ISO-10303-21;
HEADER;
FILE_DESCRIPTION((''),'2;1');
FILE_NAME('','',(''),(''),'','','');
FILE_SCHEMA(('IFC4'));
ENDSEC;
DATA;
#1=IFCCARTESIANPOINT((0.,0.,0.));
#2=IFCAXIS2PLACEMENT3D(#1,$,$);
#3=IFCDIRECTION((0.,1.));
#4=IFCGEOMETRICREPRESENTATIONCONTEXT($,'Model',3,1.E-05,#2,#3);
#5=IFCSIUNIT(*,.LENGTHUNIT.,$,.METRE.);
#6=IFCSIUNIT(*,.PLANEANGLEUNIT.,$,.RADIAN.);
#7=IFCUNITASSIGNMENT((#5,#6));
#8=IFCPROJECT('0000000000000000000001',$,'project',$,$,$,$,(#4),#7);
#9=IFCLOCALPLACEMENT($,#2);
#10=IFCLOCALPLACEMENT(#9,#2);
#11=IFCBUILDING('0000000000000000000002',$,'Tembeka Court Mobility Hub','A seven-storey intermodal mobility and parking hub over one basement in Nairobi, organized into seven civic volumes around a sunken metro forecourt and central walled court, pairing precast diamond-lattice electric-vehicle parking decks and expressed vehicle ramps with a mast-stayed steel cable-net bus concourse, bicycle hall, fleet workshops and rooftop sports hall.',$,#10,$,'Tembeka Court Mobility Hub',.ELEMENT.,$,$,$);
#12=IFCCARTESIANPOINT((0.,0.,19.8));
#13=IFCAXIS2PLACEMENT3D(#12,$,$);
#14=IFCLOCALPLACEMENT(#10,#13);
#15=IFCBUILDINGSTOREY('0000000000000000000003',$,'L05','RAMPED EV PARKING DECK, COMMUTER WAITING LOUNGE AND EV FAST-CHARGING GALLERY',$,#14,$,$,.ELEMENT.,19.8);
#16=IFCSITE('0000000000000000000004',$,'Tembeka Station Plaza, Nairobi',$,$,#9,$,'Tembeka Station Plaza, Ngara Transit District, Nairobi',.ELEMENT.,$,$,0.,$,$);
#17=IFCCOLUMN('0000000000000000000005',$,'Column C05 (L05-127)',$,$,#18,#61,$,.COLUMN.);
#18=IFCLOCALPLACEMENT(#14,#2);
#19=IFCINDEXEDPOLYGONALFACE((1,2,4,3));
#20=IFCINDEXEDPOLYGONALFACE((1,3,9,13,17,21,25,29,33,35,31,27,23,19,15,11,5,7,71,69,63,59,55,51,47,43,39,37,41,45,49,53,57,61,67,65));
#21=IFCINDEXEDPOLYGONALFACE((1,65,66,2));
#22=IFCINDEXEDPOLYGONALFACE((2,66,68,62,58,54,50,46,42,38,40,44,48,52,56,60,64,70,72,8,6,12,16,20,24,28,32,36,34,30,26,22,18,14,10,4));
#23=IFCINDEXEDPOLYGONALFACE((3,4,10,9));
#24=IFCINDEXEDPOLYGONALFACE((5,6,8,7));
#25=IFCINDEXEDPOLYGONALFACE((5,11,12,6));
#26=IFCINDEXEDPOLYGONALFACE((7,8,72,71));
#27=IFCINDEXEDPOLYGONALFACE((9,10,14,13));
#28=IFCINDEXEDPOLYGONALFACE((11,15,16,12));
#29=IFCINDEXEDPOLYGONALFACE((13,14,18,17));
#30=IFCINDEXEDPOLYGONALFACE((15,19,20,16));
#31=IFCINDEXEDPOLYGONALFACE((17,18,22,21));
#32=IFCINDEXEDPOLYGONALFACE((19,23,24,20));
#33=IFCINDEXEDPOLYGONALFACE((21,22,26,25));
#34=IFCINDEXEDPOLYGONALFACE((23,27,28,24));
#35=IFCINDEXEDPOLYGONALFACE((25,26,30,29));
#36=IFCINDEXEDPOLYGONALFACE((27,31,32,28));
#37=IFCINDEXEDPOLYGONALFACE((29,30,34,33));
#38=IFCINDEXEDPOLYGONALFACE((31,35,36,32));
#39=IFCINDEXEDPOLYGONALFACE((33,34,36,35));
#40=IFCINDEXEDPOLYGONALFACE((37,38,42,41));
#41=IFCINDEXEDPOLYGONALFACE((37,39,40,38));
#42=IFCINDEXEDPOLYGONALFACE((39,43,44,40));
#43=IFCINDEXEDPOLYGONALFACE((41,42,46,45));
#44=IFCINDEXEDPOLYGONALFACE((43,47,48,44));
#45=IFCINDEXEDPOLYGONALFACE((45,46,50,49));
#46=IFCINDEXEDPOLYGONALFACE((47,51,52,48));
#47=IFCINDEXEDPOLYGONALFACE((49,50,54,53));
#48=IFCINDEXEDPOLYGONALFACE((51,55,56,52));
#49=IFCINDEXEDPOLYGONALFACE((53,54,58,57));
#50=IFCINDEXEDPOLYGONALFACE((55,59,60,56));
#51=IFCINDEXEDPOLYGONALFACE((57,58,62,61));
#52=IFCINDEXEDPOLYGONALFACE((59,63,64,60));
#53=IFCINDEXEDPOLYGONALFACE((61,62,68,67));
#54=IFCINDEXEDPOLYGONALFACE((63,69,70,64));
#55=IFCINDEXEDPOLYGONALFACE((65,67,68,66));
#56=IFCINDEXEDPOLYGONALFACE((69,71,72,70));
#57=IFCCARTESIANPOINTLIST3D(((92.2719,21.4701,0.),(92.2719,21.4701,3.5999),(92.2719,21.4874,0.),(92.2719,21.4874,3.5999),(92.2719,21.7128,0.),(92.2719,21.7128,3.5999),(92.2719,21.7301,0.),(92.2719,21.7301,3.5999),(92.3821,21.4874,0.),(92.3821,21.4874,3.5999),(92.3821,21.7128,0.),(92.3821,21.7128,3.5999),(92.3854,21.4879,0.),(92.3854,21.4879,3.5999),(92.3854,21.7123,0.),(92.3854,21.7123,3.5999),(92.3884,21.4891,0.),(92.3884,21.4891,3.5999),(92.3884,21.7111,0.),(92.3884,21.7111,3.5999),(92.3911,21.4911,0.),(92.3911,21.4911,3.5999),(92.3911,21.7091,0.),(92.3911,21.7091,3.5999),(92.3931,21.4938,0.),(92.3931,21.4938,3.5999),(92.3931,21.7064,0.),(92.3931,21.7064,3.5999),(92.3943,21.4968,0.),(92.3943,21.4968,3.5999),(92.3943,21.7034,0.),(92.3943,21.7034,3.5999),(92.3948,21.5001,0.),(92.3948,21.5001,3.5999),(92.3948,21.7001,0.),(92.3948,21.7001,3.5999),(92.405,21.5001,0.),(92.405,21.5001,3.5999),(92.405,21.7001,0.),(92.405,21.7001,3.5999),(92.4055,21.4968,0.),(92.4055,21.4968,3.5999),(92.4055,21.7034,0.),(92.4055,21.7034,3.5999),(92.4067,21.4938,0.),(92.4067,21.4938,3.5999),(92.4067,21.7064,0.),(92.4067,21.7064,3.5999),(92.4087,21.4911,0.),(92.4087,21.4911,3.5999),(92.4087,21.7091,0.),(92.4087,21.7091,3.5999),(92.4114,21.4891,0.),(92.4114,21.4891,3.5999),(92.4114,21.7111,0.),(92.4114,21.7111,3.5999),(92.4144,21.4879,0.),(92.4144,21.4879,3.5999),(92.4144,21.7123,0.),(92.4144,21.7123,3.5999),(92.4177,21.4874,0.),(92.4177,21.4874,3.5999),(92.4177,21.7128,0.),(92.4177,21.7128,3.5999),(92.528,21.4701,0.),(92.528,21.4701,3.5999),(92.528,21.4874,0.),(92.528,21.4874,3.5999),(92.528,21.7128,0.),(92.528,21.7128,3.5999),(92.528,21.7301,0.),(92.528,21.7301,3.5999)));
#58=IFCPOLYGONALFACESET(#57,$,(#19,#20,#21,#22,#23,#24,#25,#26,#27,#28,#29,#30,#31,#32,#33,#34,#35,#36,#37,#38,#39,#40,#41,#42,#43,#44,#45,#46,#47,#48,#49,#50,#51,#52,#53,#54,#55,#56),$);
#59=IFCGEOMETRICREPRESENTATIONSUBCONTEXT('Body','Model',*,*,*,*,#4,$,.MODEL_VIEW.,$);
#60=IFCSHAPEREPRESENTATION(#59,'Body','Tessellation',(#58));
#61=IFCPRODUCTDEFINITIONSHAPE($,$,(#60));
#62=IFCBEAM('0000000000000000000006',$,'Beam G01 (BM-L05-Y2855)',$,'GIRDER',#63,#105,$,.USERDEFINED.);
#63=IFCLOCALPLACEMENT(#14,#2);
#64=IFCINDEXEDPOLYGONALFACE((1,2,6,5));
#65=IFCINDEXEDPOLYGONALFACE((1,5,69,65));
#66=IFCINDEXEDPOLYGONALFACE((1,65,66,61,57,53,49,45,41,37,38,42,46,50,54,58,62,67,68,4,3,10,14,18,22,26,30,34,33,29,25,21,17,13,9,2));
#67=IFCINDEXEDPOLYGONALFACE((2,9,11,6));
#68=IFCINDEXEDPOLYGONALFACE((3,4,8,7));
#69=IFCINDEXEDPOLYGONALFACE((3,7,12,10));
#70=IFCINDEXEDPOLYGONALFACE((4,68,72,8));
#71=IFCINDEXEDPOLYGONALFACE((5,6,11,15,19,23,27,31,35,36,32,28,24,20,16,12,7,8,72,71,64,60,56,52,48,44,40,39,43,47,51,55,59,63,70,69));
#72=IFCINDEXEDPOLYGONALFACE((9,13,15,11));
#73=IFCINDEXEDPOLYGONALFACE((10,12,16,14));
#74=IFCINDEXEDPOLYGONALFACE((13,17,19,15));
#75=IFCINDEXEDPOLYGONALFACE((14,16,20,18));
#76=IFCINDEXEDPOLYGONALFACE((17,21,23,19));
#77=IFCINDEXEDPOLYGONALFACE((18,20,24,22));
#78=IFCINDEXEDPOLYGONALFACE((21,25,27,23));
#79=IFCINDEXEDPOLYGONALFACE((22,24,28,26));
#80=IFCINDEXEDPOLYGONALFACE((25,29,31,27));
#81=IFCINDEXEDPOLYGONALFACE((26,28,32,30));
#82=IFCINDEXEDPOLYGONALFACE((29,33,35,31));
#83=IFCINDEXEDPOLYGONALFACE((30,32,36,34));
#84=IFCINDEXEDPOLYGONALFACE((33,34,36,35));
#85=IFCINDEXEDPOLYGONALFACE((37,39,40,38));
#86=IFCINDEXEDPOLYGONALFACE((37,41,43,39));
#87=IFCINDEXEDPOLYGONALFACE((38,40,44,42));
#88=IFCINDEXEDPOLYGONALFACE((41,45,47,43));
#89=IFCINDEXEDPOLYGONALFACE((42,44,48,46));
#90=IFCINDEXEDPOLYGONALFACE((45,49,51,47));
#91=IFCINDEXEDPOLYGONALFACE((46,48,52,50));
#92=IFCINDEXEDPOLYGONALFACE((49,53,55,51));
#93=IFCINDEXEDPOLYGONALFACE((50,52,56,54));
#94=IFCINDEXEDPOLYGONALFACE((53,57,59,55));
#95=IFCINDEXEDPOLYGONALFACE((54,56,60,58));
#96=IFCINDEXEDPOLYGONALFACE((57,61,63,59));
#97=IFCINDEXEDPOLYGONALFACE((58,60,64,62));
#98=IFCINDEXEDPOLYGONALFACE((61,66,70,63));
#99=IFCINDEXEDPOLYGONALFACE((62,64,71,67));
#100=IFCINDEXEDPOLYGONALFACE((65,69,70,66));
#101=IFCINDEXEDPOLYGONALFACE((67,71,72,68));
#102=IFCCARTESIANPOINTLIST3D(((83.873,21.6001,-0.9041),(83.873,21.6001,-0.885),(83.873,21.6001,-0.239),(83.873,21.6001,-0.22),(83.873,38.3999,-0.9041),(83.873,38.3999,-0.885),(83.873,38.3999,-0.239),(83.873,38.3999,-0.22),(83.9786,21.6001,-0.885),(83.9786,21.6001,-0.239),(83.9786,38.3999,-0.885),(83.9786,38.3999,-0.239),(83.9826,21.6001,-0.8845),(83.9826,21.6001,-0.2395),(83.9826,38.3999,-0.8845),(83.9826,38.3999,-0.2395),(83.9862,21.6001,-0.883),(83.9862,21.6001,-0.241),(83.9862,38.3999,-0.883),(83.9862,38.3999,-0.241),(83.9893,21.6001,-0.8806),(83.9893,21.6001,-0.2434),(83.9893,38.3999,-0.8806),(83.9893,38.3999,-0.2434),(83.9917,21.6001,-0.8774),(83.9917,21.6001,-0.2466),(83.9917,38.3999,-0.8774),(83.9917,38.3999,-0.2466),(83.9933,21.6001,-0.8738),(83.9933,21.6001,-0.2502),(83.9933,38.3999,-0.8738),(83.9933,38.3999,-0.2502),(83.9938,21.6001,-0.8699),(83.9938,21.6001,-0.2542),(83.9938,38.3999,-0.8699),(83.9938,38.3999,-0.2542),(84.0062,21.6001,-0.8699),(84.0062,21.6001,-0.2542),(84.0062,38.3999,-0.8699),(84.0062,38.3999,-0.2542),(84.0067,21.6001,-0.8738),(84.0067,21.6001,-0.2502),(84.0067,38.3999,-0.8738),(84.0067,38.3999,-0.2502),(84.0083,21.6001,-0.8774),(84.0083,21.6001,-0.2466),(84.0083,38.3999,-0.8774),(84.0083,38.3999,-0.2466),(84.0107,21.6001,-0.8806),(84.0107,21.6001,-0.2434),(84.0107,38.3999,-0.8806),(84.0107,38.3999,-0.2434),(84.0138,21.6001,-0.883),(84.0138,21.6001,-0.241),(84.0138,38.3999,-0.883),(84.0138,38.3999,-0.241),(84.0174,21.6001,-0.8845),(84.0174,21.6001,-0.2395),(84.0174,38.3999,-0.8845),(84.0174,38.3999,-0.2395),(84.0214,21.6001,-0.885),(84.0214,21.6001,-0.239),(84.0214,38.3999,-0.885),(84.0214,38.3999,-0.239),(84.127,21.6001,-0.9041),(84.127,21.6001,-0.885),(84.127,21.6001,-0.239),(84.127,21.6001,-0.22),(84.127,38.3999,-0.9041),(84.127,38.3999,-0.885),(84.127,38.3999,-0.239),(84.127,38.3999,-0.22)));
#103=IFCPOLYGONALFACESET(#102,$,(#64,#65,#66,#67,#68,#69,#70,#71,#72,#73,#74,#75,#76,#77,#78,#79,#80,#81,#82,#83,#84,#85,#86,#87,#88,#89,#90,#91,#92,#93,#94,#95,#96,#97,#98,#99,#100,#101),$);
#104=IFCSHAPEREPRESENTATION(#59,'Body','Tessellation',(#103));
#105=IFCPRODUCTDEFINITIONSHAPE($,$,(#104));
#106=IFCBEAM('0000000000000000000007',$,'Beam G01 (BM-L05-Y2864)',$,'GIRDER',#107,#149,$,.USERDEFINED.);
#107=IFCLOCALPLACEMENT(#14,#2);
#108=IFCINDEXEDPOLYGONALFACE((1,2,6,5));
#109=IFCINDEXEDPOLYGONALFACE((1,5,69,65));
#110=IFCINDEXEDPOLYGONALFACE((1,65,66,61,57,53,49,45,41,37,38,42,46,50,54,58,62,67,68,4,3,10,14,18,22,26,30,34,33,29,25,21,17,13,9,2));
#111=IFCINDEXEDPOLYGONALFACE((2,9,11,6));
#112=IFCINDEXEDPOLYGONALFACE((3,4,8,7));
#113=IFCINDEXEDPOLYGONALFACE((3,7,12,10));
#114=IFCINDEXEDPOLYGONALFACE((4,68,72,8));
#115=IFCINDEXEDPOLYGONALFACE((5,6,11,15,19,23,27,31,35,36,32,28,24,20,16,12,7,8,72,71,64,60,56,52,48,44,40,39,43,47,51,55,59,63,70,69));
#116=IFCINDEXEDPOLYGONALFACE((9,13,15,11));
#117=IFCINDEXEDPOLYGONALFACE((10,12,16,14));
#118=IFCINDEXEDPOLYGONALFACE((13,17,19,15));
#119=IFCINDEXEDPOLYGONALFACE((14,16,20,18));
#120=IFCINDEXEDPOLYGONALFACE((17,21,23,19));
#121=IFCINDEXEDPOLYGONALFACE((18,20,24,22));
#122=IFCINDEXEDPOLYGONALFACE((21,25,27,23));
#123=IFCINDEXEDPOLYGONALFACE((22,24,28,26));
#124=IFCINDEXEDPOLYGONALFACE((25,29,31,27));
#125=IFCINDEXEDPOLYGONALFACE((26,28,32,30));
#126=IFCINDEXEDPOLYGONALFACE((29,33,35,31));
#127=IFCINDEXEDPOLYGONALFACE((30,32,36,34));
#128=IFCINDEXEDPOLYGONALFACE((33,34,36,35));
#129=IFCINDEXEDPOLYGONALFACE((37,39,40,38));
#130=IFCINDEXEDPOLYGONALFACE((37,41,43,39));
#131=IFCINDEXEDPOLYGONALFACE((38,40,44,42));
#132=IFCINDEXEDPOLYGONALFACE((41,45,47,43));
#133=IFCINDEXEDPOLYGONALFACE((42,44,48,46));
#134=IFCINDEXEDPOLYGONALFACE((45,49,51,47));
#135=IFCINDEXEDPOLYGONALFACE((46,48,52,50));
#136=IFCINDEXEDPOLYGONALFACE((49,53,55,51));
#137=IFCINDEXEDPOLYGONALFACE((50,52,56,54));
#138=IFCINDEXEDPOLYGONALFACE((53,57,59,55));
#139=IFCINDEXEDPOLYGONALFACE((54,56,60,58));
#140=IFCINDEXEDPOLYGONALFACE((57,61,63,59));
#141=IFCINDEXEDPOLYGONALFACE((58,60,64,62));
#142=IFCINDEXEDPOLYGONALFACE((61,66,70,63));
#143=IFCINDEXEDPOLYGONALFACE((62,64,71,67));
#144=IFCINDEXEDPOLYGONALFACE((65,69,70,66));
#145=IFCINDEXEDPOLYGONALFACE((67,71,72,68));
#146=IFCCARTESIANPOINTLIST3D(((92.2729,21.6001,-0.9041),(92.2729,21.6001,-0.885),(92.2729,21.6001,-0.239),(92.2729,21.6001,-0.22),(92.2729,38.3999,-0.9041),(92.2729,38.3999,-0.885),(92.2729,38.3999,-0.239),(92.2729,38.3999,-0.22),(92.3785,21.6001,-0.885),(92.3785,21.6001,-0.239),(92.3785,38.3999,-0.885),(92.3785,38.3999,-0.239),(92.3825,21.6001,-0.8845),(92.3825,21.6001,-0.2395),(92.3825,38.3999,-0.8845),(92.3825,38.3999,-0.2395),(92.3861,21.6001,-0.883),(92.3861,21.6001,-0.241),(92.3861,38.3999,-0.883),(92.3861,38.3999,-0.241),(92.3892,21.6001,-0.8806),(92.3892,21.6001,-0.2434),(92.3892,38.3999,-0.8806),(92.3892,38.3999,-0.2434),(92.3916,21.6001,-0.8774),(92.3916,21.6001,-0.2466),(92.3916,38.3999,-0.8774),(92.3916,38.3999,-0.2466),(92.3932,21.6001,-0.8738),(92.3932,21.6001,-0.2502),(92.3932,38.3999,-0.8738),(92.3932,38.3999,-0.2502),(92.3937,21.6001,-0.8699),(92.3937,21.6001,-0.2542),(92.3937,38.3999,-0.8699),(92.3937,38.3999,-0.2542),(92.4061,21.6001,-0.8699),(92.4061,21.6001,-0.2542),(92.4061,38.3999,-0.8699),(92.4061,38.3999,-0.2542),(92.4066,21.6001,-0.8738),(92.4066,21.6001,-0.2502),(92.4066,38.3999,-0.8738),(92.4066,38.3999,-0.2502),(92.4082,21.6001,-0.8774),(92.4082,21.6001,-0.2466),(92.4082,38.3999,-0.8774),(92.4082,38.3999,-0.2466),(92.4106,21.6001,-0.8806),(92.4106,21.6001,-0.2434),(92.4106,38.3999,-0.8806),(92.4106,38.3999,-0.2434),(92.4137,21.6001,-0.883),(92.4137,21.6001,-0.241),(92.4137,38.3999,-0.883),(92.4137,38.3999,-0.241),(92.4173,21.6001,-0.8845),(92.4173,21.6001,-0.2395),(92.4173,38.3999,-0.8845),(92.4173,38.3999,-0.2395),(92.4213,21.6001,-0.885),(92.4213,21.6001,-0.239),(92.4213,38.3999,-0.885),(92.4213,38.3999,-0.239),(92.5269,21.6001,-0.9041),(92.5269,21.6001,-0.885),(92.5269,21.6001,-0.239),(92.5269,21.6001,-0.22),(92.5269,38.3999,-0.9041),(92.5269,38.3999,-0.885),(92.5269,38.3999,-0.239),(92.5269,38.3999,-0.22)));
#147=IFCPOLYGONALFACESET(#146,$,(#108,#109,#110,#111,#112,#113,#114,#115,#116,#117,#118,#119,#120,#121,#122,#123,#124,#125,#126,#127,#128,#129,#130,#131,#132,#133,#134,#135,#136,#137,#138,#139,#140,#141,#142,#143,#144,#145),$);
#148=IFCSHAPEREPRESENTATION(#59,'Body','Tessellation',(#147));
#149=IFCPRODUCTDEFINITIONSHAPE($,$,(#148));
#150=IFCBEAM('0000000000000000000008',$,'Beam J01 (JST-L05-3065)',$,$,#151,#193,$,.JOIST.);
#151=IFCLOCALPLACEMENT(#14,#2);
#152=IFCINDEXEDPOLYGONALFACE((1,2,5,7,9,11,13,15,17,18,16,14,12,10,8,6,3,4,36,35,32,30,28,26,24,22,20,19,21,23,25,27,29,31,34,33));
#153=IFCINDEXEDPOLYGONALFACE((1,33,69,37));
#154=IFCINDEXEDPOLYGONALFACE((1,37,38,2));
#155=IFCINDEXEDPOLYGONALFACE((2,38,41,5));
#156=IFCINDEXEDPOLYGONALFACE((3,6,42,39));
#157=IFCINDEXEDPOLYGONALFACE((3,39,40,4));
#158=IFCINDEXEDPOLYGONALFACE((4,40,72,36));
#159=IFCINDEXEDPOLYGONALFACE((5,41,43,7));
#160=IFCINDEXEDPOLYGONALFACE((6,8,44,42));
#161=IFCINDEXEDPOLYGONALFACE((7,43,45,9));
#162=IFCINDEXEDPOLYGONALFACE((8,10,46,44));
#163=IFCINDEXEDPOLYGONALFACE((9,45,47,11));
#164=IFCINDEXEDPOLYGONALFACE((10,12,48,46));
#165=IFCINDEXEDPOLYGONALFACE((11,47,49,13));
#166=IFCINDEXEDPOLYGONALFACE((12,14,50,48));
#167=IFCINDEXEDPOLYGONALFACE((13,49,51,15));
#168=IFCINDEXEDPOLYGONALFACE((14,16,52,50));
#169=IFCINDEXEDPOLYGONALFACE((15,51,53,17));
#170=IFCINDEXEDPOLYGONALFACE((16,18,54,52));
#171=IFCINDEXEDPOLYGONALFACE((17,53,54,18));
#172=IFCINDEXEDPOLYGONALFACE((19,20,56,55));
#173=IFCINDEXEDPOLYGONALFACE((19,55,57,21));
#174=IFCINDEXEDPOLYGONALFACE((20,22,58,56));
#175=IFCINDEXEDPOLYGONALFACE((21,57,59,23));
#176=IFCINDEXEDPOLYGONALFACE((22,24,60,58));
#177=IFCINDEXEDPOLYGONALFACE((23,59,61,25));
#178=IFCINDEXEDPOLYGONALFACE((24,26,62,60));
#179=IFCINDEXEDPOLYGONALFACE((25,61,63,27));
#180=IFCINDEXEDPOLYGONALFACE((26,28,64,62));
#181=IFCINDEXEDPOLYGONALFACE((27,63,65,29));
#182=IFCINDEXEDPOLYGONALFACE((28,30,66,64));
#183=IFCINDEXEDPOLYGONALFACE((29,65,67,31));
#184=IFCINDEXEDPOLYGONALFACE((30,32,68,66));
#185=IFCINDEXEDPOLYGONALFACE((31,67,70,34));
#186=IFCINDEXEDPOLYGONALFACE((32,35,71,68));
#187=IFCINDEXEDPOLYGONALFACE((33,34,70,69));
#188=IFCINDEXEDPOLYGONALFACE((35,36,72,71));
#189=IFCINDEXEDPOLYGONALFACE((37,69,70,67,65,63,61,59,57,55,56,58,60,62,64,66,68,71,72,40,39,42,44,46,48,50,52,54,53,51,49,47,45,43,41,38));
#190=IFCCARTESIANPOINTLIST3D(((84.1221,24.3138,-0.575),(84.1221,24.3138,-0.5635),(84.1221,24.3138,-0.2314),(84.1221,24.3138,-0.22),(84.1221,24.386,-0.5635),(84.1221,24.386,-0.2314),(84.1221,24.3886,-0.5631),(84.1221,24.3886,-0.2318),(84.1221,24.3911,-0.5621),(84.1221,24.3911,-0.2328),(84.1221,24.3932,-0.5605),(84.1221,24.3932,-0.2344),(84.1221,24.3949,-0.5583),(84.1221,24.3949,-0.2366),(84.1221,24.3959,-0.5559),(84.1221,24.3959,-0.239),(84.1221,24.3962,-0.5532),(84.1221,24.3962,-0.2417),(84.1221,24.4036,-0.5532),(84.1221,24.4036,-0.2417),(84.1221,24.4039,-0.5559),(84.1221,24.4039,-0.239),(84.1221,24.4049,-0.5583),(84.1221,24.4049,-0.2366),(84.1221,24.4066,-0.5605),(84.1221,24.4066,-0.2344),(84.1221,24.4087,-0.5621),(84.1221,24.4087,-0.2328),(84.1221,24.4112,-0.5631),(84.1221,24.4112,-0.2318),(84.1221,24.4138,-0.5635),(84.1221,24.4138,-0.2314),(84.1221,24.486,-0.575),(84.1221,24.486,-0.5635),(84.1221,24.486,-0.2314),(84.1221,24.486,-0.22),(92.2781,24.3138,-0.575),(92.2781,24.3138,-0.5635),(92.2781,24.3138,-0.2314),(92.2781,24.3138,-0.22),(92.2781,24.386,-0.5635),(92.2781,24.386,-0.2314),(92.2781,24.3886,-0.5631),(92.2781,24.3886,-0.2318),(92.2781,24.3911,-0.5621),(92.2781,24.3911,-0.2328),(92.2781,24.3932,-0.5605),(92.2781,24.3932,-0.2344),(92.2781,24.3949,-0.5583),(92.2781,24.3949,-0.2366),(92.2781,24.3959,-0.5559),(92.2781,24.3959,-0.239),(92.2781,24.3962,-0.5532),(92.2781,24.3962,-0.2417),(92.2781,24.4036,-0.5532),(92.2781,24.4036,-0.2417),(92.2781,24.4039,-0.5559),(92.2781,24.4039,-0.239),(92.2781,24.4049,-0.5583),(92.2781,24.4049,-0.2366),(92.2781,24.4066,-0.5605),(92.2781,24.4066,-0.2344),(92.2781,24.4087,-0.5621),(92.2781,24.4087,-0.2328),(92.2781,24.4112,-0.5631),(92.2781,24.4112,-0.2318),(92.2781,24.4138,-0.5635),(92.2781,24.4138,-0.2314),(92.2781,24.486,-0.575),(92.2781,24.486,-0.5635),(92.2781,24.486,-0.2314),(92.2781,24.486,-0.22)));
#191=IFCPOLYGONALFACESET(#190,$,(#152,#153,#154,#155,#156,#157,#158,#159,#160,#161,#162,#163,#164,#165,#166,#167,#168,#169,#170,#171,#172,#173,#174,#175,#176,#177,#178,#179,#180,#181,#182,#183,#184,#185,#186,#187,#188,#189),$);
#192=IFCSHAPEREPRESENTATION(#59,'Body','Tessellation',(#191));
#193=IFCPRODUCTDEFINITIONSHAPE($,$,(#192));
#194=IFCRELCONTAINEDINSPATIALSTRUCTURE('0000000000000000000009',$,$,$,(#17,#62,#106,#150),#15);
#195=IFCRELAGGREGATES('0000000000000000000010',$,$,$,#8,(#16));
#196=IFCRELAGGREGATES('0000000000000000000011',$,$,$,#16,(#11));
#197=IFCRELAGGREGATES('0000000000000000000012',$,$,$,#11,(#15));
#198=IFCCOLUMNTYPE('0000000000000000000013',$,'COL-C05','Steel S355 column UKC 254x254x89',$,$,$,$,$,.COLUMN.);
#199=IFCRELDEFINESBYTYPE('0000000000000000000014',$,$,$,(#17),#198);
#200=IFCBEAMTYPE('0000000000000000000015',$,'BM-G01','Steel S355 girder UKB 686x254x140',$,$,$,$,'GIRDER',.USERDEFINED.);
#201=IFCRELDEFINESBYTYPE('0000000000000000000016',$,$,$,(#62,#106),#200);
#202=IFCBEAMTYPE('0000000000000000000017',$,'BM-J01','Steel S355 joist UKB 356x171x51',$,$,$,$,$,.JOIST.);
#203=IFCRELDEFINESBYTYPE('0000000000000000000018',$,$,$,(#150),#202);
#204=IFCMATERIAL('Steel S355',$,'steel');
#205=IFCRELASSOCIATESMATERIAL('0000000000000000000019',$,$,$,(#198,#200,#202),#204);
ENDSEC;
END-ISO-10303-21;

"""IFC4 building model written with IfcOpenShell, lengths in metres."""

from ifc_helpers import new_model, si_unit, direction, frame, origin, origin_2d, place, context, subcontext, project, spatial, i_section, extrude, material, material_profile, profile_set, type_object, element, save


model = new_model("IFC4")

# Units and contexts
model_context = context("Model", 3, precision=1e-05, world=origin(), true_north=direction((0.0, 1.0)))
body_context = subcontext(model_context, "Body", "Model", "MODEL_VIEW")
ifc_project = project(units=[si_unit("LENGTHUNIT", "METRE"), si_unit("PLANEANGLEUNIT", "RADIAN")], contexts=[model_context])

# Site, building, storey
site_placement = place(None, origin())
site = spatial("IfcSite", under=ifc_project, at=site_placement, Name="Tembeka Station Plaza, Nairobi", LongName="Tembeka Station Plaza, Ngara Transit District, Nairobi", CompositionType="ELEMENT", RefElevation=0.0)
building_placement = place(site_placement, origin())
building = spatial("IfcBuilding", under=site, at=building_placement, Name="Tembeka Court Mobility Hub", Description="A seven-storey intermodal mobility and parking hub over one basement in Nairobi, organized into seven civic volumes around a sunken metro forecourt and central walled court, pairing precast diamond-lattice electric-vehicle parking decks and expressed vehicle ramps with a mast-stayed steel cable-net bus concourse, bicycle hall, fleet workshops and rooftop sports hall.", LongName="Tembeka Court Mobility Hub", CompositionType="ELEMENT")
storey_placement = place(building_placement, frame((0.0, 0.0, 19.8)))
storey = spatial("IfcBuildingStorey", under=building, at=storey_placement, Name="L05", Description="RAMPED EV PARKING DECK, COMMUTER WAITING LOUNGE AND EV FAST-CHARGING GALLERY", CompositionType="ELEMENT", Elevation=19.8)

# Column
ifc_material_1 = material(Name="Steel S355", Category="steel")
ifc_material_profile_1 = material_profile(ifc_material_1, i_section(OverallWidth=0.2561, OverallDepth=0.26, WebThickness=0.0103, FlangeThickness=0.0173, FilletRadius=0.0127, at=origin_2d()), Name="UKC 254x254x89")
ifc_profile_set_1 = profile_set([ifc_material_profile_1], Name="Steel S355")
column_type = type_object("IfcColumnType", Name="COL-C05", Description="Steel S355 column UKC 254x254x89", PredefinedType="COLUMN", material=ifc_profile_set_1)
column_placement = place(storey_placement, frame((92.3999, 21.6001, 0.0), z_axis=(0.0, 0.0, 1.0), x_axis=(1.0, 0.0, 0.0)))
element("IfcColumn", 1, at=column_placement, inside=storey, type_object=column_type, Name="Column C05 (L05-127)", PredefinedType="COLUMN", context=body_context, shape_type="SweptSolid", body=[
    extrude(i_section(OverallWidth=0.2561, OverallDepth=0.26, WebThickness=0.0103, FlangeThickness=0.0173, FilletRadius=0.0127, at=origin_2d()), origin(), (0.0, 0.0, 1.0), 3.5999),
])

# Beams
ifc_material_profile_2 = material_profile(ifc_material_1, i_section(OverallWidth=0.2539, OverallDepth=0.6841, WebThickness=0.0125, FlangeThickness=0.019, FilletRadius=0.0151, at=origin_2d()), Name="UKB 686x254x140")
ifc_profile_set_2 = profile_set([ifc_material_profile_2], Name="Steel S355")
beam_type_1 = type_object("IfcBeamType", Name="BM-G01", Description="Steel S355 girder UKB 686x254x140", ElementType="GIRDER", PredefinedType="USERDEFINED", material=ifc_profile_set_2)
for number, where, z_axis, x_axis, name in (
    (2, (84.0, 21.6001, -0.562), (0.0, 1.0, 0.0), (-1.0, 0.0, 0.0), "Beam G01 (BM-L05-Y2855)"),
    (3, (92.3999, 21.6001, -0.562), (0.0, 1.0, 0.0), (-1.0, 0.0, 0.0), "Beam G01 (BM-L05-Y2864)"),
):
    element("IfcBeam", number, at=place(storey_placement, frame(where, z_axis=z_axis, x_axis=x_axis)), inside=storey, type_object=beam_type_1, Name=name, ObjectType="GIRDER", PredefinedType="USERDEFINED", context=body_context, shape_type="SweptSolid", body=[
        extrude(i_section(OverallWidth=0.2539, OverallDepth=0.6841, WebThickness=0.0125, FlangeThickness=0.019, FilletRadius=0.0151, at=origin_2d()), origin(), (0.0, 0.0, 1.0), 16.7998),
    ])
ifc_material_profile_3 = material_profile(ifc_material_1, i_section(OverallWidth=0.1721, OverallDepth=0.355, WebThickness=0.0073, FlangeThickness=0.0115, FilletRadius=0.0103, at=origin_2d()), Name="UKB 356x171x51")
ifc_profile_set_3 = profile_set([ifc_material_profile_3], Name="Steel S355")
beam_type_2 = type_object("IfcBeamType", Name="BM-J01", Description="Steel S355 joist UKB 356x171x51", PredefinedType="JOIST", material=ifc_profile_set_3)
for number, where, z_axis, x_axis, name in (
    (4, (84.1221, 24.3999, -0.3975), (1.0, 0.0, 0.0), (0.0, 1.0, 0.0), "Beam J01 (JST-L05-3065)"),
):
    element("IfcBeam", number, at=place(storey_placement, frame(where, z_axis=z_axis, x_axis=x_axis)), inside=storey, type_object=beam_type_2, Name=name, PredefinedType="JOIST", context=body_context, shape_type="SweptSolid", body=[
        extrude(i_section(OverallWidth=0.1721, OverallDepth=0.355, WebThickness=0.0073, FlangeThickness=0.0115, FilletRadius=0.0103, at=origin_2d()), origin(), (0.0, 0.0, 1.0), 8.156),
    ])

save(model, "model.ifc")
